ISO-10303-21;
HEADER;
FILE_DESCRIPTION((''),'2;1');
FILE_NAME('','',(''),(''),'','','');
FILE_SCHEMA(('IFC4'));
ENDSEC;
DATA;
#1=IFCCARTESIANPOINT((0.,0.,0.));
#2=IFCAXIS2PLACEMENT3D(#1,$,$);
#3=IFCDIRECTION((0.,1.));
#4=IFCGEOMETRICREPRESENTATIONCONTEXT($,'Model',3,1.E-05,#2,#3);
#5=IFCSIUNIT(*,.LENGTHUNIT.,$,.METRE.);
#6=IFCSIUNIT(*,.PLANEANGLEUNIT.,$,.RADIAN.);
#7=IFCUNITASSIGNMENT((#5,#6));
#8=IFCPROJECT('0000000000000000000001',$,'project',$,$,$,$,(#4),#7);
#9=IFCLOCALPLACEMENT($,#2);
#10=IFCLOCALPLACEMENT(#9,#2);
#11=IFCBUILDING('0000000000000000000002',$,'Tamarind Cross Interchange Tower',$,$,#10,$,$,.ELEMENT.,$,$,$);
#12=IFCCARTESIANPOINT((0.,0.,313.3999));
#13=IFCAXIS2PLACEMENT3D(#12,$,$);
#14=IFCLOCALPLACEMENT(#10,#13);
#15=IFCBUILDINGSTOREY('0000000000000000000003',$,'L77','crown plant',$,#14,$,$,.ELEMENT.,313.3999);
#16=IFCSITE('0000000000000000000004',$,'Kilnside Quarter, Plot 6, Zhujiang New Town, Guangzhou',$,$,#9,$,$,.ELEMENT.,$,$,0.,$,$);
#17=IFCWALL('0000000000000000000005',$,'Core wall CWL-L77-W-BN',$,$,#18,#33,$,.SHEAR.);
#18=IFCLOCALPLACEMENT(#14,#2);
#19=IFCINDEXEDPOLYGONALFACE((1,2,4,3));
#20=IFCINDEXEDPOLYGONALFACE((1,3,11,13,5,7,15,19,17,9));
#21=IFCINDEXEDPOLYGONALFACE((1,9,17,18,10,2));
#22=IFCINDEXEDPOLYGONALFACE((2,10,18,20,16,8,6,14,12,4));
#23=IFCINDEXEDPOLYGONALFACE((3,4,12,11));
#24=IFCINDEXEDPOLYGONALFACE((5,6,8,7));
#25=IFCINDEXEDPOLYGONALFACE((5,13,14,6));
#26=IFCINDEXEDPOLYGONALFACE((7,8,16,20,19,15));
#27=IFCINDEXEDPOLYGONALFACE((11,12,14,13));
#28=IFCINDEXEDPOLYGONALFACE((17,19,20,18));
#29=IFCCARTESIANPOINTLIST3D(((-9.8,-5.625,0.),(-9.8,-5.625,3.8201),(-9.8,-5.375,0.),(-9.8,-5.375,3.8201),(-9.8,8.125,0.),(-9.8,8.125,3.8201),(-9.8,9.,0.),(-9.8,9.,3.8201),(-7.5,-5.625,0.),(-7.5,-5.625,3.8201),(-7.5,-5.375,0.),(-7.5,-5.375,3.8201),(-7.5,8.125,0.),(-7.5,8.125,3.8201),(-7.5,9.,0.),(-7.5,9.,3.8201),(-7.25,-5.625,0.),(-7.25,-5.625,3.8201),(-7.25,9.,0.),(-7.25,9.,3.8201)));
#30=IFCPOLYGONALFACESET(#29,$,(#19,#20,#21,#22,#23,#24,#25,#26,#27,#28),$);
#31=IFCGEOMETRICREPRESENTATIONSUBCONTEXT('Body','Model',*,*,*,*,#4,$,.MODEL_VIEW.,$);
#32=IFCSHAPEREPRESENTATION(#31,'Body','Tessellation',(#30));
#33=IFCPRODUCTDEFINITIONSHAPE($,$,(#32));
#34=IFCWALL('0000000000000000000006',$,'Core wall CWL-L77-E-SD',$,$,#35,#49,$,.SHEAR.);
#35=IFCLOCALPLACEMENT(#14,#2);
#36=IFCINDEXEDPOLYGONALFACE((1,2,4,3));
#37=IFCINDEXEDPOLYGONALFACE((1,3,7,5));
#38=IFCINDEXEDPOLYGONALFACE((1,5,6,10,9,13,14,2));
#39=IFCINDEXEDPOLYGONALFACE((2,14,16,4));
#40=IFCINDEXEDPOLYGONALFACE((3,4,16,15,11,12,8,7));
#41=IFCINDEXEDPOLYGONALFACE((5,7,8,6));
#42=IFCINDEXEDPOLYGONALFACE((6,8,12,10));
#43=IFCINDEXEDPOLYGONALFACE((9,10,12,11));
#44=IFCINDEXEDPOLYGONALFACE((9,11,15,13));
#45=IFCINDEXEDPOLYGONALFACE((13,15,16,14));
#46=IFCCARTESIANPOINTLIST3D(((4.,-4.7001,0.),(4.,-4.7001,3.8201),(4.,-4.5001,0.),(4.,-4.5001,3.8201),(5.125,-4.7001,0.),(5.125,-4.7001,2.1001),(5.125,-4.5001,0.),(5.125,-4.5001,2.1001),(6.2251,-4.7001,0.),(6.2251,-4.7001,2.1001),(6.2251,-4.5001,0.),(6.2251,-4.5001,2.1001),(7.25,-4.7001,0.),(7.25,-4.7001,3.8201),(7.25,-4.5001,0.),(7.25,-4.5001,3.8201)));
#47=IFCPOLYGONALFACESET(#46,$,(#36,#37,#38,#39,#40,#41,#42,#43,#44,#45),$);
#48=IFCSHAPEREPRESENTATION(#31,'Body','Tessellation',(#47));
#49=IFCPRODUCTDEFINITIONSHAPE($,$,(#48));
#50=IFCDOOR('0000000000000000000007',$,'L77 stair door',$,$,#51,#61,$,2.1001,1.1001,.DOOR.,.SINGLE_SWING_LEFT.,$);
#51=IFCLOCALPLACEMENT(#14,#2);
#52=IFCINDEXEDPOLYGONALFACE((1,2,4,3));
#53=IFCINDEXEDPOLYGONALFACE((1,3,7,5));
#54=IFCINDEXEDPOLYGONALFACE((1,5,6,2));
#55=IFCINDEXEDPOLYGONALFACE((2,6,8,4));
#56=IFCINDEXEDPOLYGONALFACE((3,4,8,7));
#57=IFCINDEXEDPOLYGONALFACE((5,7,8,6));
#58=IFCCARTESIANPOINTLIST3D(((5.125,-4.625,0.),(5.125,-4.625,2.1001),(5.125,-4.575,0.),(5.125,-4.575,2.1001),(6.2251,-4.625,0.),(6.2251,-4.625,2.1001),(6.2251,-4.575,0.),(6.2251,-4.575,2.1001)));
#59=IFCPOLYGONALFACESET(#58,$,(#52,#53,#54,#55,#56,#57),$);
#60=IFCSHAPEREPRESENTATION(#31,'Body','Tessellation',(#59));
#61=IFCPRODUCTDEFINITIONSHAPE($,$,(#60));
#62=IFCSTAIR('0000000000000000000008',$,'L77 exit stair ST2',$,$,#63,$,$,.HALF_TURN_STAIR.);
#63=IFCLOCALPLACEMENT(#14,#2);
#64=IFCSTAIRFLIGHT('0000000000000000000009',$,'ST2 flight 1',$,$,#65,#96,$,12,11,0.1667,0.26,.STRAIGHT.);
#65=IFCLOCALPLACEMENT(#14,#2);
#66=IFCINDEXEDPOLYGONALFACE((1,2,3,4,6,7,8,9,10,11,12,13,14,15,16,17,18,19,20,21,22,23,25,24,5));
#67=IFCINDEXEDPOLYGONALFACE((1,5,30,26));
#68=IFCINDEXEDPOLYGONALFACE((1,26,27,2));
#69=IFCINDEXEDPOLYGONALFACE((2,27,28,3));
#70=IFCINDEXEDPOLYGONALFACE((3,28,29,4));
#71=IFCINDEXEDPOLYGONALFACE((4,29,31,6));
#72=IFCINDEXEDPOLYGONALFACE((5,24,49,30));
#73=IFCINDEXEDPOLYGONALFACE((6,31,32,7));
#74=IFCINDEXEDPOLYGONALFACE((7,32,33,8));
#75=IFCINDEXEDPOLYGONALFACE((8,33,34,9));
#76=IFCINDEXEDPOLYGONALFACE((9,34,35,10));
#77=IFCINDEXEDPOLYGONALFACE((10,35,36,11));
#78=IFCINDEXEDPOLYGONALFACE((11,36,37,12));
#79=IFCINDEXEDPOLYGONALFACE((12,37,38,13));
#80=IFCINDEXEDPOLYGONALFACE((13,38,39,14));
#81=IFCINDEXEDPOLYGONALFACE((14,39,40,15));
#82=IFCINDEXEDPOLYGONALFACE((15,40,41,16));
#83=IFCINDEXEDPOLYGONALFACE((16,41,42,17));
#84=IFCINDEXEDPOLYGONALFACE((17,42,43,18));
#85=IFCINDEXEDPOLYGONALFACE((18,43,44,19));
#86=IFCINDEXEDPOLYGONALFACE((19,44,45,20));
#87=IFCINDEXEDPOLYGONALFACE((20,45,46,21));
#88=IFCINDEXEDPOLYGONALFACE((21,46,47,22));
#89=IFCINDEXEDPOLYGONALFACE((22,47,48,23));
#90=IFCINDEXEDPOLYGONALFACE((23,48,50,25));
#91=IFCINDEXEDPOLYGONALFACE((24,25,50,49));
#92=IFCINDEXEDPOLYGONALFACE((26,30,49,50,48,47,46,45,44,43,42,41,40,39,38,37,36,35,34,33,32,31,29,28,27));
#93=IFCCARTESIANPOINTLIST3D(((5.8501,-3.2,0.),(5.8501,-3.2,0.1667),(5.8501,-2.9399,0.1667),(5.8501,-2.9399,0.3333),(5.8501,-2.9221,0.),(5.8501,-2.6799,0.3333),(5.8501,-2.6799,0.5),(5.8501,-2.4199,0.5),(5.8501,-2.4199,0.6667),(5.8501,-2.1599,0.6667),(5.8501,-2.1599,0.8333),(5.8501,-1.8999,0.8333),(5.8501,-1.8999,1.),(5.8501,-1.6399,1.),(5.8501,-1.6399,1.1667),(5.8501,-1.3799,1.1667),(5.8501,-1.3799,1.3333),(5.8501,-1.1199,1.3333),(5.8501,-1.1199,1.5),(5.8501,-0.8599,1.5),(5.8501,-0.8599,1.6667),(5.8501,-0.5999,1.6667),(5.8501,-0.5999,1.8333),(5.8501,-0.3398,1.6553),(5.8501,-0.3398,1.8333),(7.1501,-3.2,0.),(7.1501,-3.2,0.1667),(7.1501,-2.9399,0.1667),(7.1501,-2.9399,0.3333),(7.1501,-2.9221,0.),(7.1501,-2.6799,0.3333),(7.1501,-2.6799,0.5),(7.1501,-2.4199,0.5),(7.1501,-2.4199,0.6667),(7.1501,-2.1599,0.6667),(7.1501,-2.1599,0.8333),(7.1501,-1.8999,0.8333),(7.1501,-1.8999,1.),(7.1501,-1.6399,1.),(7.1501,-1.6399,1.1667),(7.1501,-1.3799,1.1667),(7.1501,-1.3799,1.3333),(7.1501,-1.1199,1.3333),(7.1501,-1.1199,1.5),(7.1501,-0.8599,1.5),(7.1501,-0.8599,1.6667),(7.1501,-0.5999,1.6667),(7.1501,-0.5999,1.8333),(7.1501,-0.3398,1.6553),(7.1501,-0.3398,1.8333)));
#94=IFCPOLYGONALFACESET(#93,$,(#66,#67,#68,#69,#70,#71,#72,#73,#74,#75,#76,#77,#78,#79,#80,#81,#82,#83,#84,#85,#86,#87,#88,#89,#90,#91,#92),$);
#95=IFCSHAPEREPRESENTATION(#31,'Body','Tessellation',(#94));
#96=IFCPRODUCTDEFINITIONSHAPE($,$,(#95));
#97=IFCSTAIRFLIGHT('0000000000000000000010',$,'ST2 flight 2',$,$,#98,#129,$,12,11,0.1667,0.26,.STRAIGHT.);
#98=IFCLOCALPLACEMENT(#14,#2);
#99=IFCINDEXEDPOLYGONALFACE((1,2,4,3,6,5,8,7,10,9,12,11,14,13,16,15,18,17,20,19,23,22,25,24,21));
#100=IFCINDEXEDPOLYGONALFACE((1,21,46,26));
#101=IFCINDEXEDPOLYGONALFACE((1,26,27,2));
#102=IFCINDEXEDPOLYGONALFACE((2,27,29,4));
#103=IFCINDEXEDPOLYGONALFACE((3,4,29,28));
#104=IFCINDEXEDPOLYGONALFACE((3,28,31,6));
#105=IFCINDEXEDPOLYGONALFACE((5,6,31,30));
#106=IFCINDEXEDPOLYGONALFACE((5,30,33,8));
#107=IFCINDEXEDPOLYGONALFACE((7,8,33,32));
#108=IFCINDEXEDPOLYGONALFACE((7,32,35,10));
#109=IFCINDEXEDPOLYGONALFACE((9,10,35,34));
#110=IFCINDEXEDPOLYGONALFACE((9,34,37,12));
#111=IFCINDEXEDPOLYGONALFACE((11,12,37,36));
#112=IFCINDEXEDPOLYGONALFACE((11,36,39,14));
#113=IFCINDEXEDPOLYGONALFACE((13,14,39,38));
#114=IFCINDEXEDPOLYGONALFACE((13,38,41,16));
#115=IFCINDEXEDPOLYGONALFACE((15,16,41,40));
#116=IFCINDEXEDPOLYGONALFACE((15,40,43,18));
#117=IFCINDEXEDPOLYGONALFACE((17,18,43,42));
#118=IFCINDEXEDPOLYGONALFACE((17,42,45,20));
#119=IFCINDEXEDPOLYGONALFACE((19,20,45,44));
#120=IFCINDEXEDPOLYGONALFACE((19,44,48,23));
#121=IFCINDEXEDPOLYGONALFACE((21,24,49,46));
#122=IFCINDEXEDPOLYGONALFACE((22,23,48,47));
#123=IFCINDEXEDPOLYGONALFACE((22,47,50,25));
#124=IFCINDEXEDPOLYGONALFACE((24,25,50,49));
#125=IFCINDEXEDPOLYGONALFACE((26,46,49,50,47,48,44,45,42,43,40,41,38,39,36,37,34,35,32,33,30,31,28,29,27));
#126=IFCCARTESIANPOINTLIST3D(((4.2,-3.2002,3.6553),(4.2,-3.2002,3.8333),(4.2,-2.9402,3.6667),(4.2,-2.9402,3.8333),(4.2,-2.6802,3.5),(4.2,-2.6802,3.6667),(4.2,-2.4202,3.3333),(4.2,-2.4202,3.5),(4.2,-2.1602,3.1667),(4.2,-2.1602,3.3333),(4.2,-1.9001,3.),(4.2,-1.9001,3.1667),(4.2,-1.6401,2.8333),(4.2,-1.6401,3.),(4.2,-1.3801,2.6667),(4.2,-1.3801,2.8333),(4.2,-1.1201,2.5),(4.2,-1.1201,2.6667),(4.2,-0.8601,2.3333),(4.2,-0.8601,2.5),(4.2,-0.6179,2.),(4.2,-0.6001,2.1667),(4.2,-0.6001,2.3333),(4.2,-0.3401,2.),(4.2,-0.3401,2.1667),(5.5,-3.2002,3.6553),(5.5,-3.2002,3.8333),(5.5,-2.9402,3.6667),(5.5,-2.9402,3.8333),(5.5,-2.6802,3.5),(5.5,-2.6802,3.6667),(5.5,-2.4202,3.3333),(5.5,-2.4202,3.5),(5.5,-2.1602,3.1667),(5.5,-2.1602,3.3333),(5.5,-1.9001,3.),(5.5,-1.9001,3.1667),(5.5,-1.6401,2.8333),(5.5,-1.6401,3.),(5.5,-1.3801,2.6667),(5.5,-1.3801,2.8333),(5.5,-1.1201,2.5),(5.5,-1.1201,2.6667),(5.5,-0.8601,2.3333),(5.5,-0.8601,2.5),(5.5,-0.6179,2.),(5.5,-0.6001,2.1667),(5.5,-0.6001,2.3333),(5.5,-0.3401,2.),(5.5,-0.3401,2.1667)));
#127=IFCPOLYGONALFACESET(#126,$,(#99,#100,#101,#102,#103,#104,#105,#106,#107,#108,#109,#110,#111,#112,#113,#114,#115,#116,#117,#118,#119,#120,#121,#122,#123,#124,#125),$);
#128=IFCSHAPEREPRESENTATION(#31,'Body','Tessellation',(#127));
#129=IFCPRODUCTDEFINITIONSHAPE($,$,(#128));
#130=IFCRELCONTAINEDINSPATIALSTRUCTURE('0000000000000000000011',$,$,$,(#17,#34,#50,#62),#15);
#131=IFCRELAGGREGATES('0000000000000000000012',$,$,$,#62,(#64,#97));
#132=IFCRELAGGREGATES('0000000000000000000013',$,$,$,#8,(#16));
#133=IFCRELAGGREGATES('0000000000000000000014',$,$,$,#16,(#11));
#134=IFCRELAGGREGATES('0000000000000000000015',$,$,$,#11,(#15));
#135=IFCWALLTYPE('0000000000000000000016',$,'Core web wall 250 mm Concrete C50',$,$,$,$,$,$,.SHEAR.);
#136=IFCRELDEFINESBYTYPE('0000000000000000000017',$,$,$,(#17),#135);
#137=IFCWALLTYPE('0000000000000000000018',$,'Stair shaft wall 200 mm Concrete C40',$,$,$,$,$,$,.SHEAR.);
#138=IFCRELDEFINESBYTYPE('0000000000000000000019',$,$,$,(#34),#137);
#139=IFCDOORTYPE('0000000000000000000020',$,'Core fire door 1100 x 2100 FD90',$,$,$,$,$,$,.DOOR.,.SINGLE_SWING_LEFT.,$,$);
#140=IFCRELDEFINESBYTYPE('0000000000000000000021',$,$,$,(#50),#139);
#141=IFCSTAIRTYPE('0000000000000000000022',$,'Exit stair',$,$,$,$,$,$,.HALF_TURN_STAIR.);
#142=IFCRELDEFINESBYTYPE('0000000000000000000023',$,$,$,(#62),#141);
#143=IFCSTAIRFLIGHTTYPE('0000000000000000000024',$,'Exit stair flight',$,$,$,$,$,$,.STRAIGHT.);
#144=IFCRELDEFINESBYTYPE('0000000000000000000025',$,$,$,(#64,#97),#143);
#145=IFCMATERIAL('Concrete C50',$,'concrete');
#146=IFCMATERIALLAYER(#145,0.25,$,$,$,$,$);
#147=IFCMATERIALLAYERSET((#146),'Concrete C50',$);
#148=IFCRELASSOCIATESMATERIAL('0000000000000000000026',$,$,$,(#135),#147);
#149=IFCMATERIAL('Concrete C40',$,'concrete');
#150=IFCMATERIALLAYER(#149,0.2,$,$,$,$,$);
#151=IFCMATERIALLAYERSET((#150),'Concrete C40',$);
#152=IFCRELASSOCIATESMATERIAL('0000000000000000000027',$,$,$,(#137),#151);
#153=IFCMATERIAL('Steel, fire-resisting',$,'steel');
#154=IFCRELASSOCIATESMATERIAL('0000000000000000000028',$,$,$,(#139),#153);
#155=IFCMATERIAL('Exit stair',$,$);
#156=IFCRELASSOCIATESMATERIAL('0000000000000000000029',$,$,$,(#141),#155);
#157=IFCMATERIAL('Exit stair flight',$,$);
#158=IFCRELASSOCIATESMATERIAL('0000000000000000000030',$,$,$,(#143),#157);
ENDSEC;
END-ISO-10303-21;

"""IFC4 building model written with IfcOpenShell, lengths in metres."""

from ifc_helpers import new_model, si_unit, direction, frame, frame_2d, origin, place, context, subcontext, project, spatial, polyline, rectangle, outline, extrude, material, layer, layer_set, type_object, element, fill, aggregate, save


model = new_model("IFC4")

# Units and contexts
model_context = context("Model", 3, precision=1e-05, world=origin(), true_north=direction((0.0, 1.0)))
body_context = subcontext(model_context, "Body", "Model", "MODEL_VIEW")
ifc_project = project(units=[si_unit("LENGTHUNIT", "METRE"), si_unit("PLANEANGLEUNIT", "RADIAN")], contexts=[model_context])

# Site, building, storey
site_placement = place(None, origin())
site = spatial("IfcSite", under=ifc_project, at=site_placement, Name="Kilnside Quarter, Plot 6, Zhujiang New Town, Guangzhou", CompositionType="ELEMENT", RefElevation=0.0)
building_placement = place(site_placement, origin())
building = spatial("IfcBuilding", under=site, at=building_placement, Name="Tamarind Cross Interchange Tower", CompositionType="ELEMENT")
storey_placement = place(building_placement, frame((0.0, 0.0, 313.3999)))
storey = spatial("IfcBuildingStorey", under=building, at=storey_placement, Name="L77", Description="crown plant", CompositionType="ELEMENT", Elevation=313.3999)

# Shared definitions
ifc_material_1 = material(Name="Concrete C40", Category="concrete")

# Wall
ifc_material_2 = material(Name="Concrete C50", Category="concrete")
ifc_layer_1 = layer(ifc_material_2, 0.25)
ifc_layer_set_1 = layer_set([ifc_layer_1], Name="Concrete C50")
wall_type_1 = type_object("IfcWallType", Name="Core web wall 250 mm Concrete C50", PredefinedType="SHEAR", material=ifc_layer_set_1)
wall_1_placement = place(storey_placement, origin())
element("IfcWall", 1, at=wall_1_placement, inside=storey, type_object=wall_type_1, Name="Core wall CWL-L77-W-BN", PredefinedType="SHEAR", context=body_context, shape_type="SweptSolid", body=[
    extrude(outline(polyline([(-9.8, -5.625), (-7.5, -5.625), (-7.25, -5.625), (-7.25, 9.0), (-7.5, 9.0), (-9.8, 9.0), (-9.8, 8.125), (-7.5, 8.125), (-7.5, -5.375), (-9.8, -5.375), (-9.8, -5.625)])), origin(), (0.0, 0.0, 1.0), 3.8201),
])

# Wall, opening, door
ifc_layer_2 = layer(ifc_material_1, 0.2)
ifc_layer_set_2 = layer_set([ifc_layer_2], Name="Concrete C40")
wall_type_2 = type_object("IfcWallType", Name="Stair shaft wall 200 mm Concrete C40", PredefinedType="SHEAR", material=ifc_layer_set_2)
wall_2_placement = place(storey_placement, frame((7.25, -4.6001, 0.0), z_axis=(0.0, 0.0, 1.0), x_axis=(-1.0, 0.0, 0.0)))
wall_2 = element("IfcWall", 2, at=wall_2_placement, inside=storey, type_object=wall_type_2, Name="Core wall CWL-L77-E-SD", PredefinedType="SHEAR", context=body_context, shape_type="SweptSolid", body=[
    extrude(rectangle(XDim=3.25, YDim=0.2, at=frame_2d((1.625, 0.0))), origin(), (0.0, 0.0, 1.0), 3.8201),
])
opening_placement = place(wall_2_placement, frame((1.0249, 0.0, 0.0)))
opening = element("IfcOpeningElement", 3, at=opening_placement, cuts=wall_2, PredefinedType="OPENING", context=body_context, shape_type="SweptSolid", body=[
    extrude(rectangle(XDim=1.1001, YDim=2.1001, at=frame_2d((0.55, 1.05))), frame((0.0, 0.1099, 0.0), z_axis=(0.0, -1.0, 0.0), x_axis=(1.0, 0.0, 0.0)), (0.0, 0.0, 1.0), 0.22),
])
ifc_material_3 = material(Name="Steel, fire-resisting", Category="steel")
door_type = type_object("IfcDoorType", Name="Core fire door 1100 x 2100 FD90", OperationType="SINGLE_SWING_LEFT", PredefinedType="DOOR", material=ifc_material_3)
door_placement = place(opening_placement, origin())
door = element("IfcDoor", 4, at=door_placement, inside=storey, type_object=door_type, Name="L77 stair door", OperationType="SINGLE_SWING_LEFT", OverallHeight=2.1001, OverallWidth=1.1001, PredefinedType="DOOR", context=body_context, shape_type="SweptSolid", body=[
    extrude(rectangle(XDim=1.1001, YDim=2.1001, at=frame_2d((0.55, 1.05))), frame((0.0, 0.0249, 0.0), z_axis=(0.0, -1.0, 0.0), x_axis=(1.0, 0.0, 0.0)), (0.0, 0.0, 1.0), 0.05),
])
fill(opening, door)

# Stair, stair flights
ifc_material_4 = material(Name="Exit stair")
stair_type = type_object("IfcStairType", Name="Exit stair", PredefinedType="HALF_TURN_STAIR", material=ifc_material_4)
stair_placement = place(storey_placement, origin())
stair = element("IfcStair", 5, at=stair_placement, inside=storey, type_object=stair_type, Name="L77 exit stair ST2", PredefinedType="HALF_TURN_STAIR")
ifc_material_5 = material(Name="Exit stair flight")
stair_flight_type = type_object("IfcStairFlightType", Name="Exit stair flight", PredefinedType="STRAIGHT", material=ifc_material_5)
stair_flight_1_placement = place(storey_placement, frame((6.5, -3.2, 0.0), z_axis=(0.0, 0.0, 1.0), x_axis=(0.0, 1.0, 0.0)))
stair_flight_1 = element("IfcStairFlight", 6, at=stair_flight_1_placement, type_object=stair_flight_type, Name="ST2 flight 1", NumberOfRisers=12, NumberOfTreads=11, PredefinedType="STRAIGHT", RiserHeight=0.1667, TreadLength=0.26, context=body_context, shape_type="SweptSolid", body=[
    extrude(outline(polyline([(0.0, 0.0), (0.0, 0.1667), (0.26, 0.1667), (0.26, 0.3333), (0.52, 0.3333), (0.52, 0.5), (0.78, 0.5), (0.78, 0.6667), (1.04, 0.6667), (1.04, 0.8333), (1.3, 0.8333), (1.3, 1.0), (1.5601, 1.0), (1.5601, 1.1667), (1.8201, 1.1667), (1.8201, 1.3333), (2.0801, 1.3333), (2.0801, 1.5), (2.3401, 1.5), (2.3401, 1.6667), (2.6001, 1.6667), (2.6001, 1.8333), (2.8601, 1.8333), (2.8601, 2.0), (2.8601, 1.6553), (0.2778, 0.0), (0.0, 0.0)])), frame((0.0, 0.6499, 0.0), z_axis=(0.0, -1.0, 0.0), x_axis=(1.0, 0.0, 0.0)), (0.0, 0.0, 1.0), 1.3),
])
stair_flight_2_placement = place(storey_placement, frame((4.8501, -0.3401, 2.0), z_axis=(0.0, 0.0, 1.0), x_axis=(0.0, -1.0, 0.0)))
stair_flight_2 = element("IfcStairFlight", 7, at=stair_flight_2_placement, type_object=stair_flight_type, Name="ST2 flight 2", NumberOfRisers=12, NumberOfTreads=11, PredefinedType="STRAIGHT", RiserHeight=0.1667, TreadLength=0.26, context=body_context, shape_type="SweptSolid", body=[
    extrude(outline(polyline([(0.0, 0.0), (0.0, 0.1667), (0.26, 0.1667), (0.26, 0.3333), (0.52, 0.3333), (0.52, 0.5), (0.78, 0.5), (0.78, 0.6667), (1.04, 0.6667), (1.04, 0.8333), (1.3, 0.8333), (1.3, 1.0), (1.5601, 1.0), (1.5601, 1.1667), (1.8201, 1.1667), (1.8201, 1.3333), (2.0801, 1.3333), (2.0801, 1.5), (2.3401, 1.5), (2.3401, 1.6667), (2.6001, 1.6667), (2.6001, 1.8333), (2.8601, 1.8333), (2.8601, 2.0), (2.8601, 1.6553), (0.2778, 0.0), (0.0, 0.0)])), frame((0.0, 0.6499, 0.0), z_axis=(0.0, -1.0, 0.0), x_axis=(1.0, 0.0, 0.0)), (0.0, 0.0, 1.0), 1.3),
])
aggregate(stair, [stair_flight_1, stair_flight_2])

save(model, "model.ifc")
